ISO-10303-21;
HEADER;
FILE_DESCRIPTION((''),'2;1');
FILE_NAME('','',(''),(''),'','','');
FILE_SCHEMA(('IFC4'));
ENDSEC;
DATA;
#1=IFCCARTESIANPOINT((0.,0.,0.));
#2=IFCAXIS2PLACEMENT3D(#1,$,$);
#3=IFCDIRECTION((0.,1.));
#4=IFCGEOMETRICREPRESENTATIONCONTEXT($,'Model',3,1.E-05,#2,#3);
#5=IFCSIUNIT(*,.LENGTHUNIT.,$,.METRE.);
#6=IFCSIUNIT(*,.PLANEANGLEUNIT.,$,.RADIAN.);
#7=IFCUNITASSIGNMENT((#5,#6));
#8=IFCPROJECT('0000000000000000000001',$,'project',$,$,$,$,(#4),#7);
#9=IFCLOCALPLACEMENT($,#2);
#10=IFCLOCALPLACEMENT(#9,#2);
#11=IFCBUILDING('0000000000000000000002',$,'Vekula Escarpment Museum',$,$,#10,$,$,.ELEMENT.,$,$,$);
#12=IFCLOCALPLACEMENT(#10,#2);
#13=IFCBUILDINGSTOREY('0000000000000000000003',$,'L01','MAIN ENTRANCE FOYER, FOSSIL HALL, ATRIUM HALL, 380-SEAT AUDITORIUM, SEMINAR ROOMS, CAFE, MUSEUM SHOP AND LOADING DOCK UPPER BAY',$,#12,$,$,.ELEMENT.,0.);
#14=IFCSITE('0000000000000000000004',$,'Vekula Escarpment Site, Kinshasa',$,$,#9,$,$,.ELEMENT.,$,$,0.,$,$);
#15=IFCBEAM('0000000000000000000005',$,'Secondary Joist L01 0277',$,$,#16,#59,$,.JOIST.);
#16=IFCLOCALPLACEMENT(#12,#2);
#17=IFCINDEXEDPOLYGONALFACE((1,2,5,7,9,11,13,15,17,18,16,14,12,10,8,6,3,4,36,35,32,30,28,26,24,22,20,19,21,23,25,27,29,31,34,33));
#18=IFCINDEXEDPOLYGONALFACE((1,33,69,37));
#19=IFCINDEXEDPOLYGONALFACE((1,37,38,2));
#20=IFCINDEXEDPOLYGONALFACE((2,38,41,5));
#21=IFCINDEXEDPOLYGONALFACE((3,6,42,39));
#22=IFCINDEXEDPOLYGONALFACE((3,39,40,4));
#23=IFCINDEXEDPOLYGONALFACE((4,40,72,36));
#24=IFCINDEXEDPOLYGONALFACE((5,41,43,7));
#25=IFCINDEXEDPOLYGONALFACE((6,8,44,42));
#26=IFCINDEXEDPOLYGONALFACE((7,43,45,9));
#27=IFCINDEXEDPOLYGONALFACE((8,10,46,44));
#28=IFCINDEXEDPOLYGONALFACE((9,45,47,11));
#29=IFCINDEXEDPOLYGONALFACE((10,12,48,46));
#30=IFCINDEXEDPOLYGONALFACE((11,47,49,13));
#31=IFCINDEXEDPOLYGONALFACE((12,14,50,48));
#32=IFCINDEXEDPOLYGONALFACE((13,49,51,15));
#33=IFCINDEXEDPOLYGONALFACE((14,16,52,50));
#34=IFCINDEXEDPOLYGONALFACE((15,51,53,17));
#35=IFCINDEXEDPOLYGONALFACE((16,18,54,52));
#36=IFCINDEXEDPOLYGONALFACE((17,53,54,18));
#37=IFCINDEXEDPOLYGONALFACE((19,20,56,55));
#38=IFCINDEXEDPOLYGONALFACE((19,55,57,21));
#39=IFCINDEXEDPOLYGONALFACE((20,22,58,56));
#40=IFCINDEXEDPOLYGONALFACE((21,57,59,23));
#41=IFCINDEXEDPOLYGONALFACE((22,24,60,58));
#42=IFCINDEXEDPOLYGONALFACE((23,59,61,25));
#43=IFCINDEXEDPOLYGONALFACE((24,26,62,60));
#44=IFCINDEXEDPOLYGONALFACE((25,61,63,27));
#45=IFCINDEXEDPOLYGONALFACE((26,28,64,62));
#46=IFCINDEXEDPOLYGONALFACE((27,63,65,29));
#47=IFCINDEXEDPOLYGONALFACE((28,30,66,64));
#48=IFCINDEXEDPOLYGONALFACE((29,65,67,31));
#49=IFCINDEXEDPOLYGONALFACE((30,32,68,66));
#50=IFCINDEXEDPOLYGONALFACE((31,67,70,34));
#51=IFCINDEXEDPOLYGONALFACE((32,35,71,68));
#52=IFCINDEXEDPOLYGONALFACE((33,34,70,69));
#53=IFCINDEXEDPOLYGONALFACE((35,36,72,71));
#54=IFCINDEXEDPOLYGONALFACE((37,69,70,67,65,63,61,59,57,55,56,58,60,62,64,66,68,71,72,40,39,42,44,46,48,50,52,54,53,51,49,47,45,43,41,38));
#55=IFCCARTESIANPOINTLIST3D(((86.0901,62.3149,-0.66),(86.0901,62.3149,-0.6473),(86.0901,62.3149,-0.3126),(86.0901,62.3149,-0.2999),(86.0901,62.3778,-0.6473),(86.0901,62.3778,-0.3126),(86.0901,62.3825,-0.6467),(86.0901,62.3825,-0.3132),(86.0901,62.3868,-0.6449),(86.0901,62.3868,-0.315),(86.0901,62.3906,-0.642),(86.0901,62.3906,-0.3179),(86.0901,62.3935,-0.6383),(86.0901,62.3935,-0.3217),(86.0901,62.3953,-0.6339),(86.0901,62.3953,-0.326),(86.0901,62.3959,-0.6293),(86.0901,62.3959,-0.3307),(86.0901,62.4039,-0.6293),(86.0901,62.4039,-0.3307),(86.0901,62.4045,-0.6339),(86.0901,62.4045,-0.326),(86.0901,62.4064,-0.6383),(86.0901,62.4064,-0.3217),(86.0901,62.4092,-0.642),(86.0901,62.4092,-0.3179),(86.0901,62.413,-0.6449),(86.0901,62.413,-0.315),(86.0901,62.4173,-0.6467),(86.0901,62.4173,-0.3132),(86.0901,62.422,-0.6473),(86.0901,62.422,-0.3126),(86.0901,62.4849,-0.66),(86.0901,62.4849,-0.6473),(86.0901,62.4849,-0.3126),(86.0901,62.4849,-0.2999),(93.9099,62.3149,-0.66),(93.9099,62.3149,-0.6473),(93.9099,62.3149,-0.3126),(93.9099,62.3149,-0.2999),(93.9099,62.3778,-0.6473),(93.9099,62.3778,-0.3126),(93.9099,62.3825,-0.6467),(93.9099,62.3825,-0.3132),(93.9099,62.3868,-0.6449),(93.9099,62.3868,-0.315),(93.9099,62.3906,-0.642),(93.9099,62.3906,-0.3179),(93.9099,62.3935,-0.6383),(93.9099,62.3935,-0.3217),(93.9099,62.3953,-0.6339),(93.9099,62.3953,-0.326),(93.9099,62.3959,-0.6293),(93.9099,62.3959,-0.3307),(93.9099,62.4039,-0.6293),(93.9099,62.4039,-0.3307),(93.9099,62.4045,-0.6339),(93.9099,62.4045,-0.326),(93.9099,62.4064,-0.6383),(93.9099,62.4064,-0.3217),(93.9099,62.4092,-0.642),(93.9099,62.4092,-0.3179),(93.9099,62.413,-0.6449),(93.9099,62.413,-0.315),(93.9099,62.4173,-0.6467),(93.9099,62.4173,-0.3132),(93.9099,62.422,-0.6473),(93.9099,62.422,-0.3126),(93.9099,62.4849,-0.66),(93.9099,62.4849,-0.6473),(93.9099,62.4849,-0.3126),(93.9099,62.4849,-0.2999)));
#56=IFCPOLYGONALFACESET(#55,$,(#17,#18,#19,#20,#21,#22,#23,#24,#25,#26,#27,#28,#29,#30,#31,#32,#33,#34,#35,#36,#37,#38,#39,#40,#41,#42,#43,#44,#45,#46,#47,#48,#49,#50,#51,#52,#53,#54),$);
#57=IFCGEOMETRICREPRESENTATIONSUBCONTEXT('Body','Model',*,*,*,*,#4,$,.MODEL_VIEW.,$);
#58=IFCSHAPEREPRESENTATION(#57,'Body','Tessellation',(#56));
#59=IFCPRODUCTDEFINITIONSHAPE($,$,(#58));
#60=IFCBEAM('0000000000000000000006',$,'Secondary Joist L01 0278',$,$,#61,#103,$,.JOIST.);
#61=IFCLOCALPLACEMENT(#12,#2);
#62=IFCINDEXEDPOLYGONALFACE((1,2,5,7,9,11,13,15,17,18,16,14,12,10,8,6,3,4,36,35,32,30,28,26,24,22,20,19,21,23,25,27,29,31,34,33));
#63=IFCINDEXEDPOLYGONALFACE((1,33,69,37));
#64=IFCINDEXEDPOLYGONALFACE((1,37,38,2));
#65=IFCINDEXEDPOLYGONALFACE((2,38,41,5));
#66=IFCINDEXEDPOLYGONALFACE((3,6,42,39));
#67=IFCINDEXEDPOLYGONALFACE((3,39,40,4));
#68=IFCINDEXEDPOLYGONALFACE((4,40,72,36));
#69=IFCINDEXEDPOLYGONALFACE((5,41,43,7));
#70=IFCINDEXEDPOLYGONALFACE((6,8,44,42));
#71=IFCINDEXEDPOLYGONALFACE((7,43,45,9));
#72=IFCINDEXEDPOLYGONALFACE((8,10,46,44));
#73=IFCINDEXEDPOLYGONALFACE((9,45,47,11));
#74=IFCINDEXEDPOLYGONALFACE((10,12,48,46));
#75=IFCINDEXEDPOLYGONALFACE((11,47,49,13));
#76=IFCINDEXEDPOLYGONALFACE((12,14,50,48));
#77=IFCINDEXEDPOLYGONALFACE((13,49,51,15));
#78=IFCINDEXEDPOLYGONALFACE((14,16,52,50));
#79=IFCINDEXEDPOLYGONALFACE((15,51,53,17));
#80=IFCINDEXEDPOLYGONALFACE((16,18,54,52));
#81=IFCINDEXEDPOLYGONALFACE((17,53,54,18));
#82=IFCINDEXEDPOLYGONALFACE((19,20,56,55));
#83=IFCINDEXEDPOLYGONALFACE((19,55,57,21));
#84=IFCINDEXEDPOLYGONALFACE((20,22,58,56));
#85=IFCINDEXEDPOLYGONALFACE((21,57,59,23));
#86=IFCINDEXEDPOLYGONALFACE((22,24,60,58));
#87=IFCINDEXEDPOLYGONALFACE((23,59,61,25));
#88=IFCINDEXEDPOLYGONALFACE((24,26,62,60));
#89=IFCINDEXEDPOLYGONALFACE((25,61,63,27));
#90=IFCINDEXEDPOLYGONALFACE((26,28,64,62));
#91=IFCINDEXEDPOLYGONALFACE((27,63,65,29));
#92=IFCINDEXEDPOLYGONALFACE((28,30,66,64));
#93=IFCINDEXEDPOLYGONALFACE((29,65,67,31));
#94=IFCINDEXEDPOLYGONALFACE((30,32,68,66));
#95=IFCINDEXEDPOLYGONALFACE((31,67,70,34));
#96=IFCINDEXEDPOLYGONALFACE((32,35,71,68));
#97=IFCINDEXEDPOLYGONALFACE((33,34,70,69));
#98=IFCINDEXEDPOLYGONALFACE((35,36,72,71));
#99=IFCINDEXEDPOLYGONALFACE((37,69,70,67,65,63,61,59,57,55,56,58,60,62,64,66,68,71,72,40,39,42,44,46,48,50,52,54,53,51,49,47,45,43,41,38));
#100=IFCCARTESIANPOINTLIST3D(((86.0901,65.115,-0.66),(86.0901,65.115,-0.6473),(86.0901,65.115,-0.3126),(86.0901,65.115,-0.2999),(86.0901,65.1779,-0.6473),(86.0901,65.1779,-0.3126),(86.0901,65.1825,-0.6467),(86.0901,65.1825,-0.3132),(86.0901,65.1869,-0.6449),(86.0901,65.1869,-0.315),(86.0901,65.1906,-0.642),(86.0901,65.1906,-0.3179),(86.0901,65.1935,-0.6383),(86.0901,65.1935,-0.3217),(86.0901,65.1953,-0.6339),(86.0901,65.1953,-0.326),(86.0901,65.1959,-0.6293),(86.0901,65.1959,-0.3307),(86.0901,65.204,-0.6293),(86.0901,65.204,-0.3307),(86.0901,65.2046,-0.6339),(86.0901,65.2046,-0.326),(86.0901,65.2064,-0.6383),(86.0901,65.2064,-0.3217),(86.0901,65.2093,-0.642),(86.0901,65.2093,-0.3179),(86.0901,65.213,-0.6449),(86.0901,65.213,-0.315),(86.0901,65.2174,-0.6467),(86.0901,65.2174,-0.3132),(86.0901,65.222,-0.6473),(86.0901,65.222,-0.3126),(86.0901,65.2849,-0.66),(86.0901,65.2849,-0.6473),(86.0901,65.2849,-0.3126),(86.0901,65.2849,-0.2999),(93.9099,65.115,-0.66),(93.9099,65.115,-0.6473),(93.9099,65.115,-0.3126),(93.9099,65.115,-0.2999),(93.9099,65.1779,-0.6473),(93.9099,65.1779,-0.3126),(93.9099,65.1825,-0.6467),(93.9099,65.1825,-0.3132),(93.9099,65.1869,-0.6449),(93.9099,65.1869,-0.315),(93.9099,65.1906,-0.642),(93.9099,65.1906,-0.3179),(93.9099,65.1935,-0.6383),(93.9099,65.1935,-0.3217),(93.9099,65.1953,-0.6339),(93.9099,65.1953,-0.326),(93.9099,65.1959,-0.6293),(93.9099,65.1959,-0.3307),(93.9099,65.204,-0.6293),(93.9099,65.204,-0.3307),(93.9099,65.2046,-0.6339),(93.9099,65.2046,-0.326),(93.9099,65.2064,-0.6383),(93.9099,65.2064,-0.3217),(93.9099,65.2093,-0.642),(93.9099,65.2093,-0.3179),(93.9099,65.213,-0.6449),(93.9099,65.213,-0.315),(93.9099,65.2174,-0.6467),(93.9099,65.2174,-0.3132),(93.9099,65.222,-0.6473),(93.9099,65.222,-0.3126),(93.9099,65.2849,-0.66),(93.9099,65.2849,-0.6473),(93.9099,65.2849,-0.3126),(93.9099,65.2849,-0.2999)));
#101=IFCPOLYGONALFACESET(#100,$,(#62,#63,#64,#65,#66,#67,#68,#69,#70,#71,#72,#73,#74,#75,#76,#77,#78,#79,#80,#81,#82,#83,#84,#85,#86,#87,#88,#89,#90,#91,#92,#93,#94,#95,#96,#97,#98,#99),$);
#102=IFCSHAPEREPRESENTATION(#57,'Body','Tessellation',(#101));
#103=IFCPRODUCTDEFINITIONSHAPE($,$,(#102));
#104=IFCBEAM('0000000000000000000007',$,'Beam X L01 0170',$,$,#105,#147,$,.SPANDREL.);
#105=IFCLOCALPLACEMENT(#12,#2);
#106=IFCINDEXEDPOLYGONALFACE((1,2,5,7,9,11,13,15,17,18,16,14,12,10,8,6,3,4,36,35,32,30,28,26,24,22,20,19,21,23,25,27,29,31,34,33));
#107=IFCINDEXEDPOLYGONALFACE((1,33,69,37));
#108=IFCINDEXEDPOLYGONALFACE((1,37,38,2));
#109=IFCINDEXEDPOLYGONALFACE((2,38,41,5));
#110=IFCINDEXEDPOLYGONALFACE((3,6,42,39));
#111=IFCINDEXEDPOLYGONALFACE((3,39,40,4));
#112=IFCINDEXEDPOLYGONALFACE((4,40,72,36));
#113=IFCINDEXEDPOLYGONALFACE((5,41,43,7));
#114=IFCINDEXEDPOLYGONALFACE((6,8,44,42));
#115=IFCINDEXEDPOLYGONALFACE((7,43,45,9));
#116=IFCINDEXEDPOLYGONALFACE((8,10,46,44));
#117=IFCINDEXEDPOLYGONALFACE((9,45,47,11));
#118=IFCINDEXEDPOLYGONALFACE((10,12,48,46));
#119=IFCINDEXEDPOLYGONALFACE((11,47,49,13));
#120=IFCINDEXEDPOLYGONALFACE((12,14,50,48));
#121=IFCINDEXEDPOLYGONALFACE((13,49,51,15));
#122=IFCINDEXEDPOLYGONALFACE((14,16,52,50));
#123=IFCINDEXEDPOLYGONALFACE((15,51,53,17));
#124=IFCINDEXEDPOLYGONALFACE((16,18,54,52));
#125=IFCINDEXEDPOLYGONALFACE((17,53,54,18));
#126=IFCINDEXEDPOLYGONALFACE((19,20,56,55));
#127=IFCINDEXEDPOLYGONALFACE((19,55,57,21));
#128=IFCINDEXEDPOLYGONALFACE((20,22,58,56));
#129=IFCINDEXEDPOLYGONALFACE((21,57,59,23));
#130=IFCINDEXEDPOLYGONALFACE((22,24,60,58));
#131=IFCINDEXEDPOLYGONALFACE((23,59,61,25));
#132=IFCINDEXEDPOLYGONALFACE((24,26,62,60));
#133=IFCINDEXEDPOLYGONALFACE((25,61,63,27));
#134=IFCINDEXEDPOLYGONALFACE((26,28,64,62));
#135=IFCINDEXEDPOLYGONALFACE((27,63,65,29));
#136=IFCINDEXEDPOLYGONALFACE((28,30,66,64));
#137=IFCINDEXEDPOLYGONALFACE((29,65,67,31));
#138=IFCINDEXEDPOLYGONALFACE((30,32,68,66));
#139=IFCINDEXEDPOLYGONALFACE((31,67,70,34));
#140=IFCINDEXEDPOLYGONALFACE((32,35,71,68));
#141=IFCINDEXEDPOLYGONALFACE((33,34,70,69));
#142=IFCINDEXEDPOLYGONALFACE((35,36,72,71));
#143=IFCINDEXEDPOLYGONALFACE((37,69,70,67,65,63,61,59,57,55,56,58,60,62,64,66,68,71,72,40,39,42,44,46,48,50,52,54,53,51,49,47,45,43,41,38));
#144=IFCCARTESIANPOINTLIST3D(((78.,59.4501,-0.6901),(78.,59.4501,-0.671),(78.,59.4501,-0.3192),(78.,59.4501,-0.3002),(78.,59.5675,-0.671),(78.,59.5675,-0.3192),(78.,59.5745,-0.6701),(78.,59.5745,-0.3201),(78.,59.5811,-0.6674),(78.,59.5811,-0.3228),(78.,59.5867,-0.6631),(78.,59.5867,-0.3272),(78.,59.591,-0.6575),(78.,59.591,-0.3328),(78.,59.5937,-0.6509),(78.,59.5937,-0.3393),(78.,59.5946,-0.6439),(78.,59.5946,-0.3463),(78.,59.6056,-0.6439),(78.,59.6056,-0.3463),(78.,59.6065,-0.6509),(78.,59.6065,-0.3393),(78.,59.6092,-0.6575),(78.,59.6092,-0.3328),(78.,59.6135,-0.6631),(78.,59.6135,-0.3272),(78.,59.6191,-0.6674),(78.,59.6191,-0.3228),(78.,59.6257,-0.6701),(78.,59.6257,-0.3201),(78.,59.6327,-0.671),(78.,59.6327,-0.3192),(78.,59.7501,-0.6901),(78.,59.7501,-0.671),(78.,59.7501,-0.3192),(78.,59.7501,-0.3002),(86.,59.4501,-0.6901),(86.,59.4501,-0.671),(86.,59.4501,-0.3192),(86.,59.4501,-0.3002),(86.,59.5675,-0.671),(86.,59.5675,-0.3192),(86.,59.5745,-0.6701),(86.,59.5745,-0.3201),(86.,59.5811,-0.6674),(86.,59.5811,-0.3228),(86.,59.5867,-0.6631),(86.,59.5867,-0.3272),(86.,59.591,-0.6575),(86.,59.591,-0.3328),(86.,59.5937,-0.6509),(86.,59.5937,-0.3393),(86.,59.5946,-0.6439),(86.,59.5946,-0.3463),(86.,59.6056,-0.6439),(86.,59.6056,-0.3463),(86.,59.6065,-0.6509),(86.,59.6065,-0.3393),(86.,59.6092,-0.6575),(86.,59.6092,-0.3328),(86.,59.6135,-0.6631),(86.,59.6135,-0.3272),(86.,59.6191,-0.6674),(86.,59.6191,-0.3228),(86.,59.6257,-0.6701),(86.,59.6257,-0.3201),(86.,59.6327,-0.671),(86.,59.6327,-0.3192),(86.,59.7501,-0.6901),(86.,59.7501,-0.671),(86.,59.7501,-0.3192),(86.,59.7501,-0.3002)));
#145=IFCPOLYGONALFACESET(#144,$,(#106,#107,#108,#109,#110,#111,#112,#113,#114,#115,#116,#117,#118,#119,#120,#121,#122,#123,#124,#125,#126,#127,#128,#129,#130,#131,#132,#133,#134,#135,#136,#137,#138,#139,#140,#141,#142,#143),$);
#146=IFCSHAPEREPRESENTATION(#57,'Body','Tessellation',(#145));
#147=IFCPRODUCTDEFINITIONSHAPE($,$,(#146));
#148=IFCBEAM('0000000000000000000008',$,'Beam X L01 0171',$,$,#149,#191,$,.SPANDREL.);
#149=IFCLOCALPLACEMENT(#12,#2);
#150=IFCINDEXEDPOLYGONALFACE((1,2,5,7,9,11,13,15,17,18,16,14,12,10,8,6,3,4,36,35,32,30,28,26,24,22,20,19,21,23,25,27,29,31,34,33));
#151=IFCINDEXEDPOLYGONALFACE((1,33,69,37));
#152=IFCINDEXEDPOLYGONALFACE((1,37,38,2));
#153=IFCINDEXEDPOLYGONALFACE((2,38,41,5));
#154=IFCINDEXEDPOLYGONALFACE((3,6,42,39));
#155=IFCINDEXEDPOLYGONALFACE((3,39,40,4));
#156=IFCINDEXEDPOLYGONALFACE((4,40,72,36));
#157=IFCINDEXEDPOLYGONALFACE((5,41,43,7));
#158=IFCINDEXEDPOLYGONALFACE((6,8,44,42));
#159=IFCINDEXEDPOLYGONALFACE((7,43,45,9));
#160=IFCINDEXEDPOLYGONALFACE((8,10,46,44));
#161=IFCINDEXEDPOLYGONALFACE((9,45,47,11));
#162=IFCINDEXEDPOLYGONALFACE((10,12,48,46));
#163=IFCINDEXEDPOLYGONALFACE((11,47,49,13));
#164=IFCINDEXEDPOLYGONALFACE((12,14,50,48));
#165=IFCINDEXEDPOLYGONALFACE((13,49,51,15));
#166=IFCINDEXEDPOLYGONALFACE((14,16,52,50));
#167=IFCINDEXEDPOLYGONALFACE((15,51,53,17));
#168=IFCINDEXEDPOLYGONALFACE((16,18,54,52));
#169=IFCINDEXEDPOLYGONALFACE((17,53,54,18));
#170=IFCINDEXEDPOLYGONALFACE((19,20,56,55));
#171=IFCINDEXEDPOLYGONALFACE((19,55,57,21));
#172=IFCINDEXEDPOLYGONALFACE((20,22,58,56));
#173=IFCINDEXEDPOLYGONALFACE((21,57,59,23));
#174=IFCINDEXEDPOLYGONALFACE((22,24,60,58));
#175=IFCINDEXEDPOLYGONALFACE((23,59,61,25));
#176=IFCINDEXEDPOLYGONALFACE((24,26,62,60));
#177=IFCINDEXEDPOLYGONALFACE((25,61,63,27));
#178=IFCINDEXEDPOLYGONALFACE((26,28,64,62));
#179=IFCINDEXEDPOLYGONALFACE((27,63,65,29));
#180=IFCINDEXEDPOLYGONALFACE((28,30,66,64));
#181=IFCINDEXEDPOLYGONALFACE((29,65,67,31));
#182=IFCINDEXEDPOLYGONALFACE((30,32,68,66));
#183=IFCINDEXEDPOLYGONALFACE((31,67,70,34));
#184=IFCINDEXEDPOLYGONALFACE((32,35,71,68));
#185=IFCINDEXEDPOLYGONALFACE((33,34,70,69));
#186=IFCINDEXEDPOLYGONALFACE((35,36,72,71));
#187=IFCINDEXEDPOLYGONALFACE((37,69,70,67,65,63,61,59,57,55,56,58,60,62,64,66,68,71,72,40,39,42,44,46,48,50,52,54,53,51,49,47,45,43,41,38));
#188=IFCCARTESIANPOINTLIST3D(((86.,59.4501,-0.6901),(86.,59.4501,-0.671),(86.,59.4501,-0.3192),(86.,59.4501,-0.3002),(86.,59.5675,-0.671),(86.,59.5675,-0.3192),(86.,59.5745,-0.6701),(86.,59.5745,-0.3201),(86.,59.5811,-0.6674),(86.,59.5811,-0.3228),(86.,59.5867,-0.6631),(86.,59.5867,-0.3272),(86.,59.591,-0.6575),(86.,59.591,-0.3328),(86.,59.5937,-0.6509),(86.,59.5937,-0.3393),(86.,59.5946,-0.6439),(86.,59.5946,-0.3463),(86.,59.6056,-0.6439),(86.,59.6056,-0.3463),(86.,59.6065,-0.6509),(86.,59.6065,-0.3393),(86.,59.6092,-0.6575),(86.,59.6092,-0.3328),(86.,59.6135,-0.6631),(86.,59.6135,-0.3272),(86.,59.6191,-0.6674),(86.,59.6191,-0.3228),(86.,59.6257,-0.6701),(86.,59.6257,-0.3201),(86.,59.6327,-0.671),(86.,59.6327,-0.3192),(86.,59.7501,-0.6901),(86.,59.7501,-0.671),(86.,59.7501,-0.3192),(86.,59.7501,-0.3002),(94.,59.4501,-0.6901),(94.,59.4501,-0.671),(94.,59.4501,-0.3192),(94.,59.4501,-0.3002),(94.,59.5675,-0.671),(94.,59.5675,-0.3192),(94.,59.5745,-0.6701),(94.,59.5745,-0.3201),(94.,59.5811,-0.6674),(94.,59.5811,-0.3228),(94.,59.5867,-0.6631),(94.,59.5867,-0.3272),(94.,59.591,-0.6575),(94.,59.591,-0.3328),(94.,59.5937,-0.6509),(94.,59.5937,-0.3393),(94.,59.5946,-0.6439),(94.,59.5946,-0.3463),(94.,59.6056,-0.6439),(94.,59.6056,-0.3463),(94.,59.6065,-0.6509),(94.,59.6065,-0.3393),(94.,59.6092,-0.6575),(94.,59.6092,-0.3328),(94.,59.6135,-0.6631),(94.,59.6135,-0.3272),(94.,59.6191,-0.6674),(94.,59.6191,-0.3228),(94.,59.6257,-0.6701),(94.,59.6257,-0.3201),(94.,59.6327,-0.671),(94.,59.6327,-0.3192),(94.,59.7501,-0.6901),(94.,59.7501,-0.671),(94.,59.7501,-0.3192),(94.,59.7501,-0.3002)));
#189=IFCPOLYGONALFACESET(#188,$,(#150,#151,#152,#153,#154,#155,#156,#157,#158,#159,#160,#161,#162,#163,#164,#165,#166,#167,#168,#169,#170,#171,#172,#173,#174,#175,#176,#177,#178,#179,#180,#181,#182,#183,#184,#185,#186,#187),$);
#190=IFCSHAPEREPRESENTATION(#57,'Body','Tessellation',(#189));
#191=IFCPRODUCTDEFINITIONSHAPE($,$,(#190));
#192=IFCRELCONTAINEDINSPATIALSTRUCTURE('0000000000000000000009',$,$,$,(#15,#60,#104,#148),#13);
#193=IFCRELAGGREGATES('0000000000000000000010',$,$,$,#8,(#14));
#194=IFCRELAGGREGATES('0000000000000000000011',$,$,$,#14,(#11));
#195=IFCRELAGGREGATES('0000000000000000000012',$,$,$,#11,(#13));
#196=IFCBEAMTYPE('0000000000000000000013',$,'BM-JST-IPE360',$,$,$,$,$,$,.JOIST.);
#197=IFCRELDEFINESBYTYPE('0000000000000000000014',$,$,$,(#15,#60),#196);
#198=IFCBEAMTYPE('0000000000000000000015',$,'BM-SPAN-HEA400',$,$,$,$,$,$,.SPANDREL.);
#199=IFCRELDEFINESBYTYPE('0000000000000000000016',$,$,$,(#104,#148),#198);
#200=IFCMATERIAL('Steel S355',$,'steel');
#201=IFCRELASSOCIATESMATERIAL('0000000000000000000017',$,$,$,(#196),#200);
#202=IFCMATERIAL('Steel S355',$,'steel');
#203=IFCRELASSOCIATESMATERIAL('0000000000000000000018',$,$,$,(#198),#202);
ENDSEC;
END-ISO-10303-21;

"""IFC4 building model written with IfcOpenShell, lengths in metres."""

from ifc_helpers import new_model, si_unit, direction, frame, origin, origin_2d, place, context, subcontext, project, spatial, i_section, extrude, material, material_profile, profile_set, type_object, element, save


model = new_model("IFC4")

# Units and contexts
model_context = context("Model", 3, precision=1e-05, world=origin(), true_north=direction((0.0, 1.0)))
body_context = subcontext(model_context, "Body", "Model", "MODEL_VIEW")
ifc_project = project(units=[si_unit("LENGTHUNIT", "METRE"), si_unit("PLANEANGLEUNIT", "RADIAN")], contexts=[model_context])

# Site, building, storey
site_placement = place(None, origin())
site = spatial("IfcSite", under=ifc_project, at=site_placement, Name="Vekula Escarpment Site, Kinshasa", CompositionType="ELEMENT", RefElevation=0.0)
building_placement = place(site_placement, origin())
building = spatial("IfcBuilding", under=site, at=building_placement, Name="Vekula Escarpment Museum", CompositionType="ELEMENT")
storey_placement = place(building_placement, origin())
storey = spatial("IfcBuildingStorey", under=building, at=storey_placement, Name="L01", Description="MAIN ENTRANCE FOYER, FOSSIL HALL, ATRIUM HALL, 380-SEAT AUDITORIUM, SEMINAR ROOMS, CAFE, MUSEUM SHOP AND LOADING DOCK UPPER BAY", CompositionType="ELEMENT", Elevation=0.0)

# Beams
ifc_material_1 = material(Name="Steel S355", Category="steel")
ifc_material_profile_1 = material_profile(ifc_material_1, i_section(OverallWidth=0.1699, OverallDepth=0.3601, WebThickness=0.0081, FlangeThickness=0.0127, FilletRadius=0.0181, at=origin_2d()), Name="IPE 360")
ifc_profile_set_1 = profile_set([ifc_material_profile_1], Name="Steel S355")
beam_type_1 = type_object("IfcBeamType", Name="BM-JST-IPE360", PredefinedType="JOIST", material=ifc_profile_set_1)
for number, where, z_axis, x_axis, name in (
    (1, (86.0901, 62.3999, -0.48), (1.0, 0.0, 0.0), (0.0, 1.0, 0.0), "Secondary Joist L01 0277"),
    (2, (86.0901, 65.2, -0.48), (1.0, 0.0, 0.0), (0.0, 1.0, 0.0), "Secondary Joist L01 0278"),
):
    element("IfcBeam", number, at=place(storey_placement, frame(where, z_axis=z_axis, x_axis=x_axis)), inside=storey, type_object=beam_type_1, Name=name, PredefinedType="JOIST", context=body_context, shape_type="SweptSolid", body=[
        extrude(i_section(OverallWidth=0.1699, OverallDepth=0.3601, WebThickness=0.0081, FlangeThickness=0.0127, FilletRadius=0.0181, at=origin_2d()), origin(), (0.0, 0.0, 1.0), 7.8198),
    ])
ifc_material_2 = material(Name="Steel S355", Category="steel")
ifc_material_profile_2 = material_profile(ifc_material_2, i_section(OverallWidth=0.3, OverallDepth=0.3899, WebThickness=0.011, FlangeThickness=0.019, FilletRadius=0.0271, at=origin_2d()), Name="HEA 400")
ifc_profile_set_2 = profile_set([ifc_material_profile_2], Name="Steel S355")
beam_type_2 = type_object("IfcBeamType", Name="BM-SPAN-HEA400", PredefinedType="SPANDREL", material=ifc_profile_set_2)
for number, where, z_axis, x_axis, name in (
    (3, (78.0, 59.6001, -0.4951), (1.0, 0.0, 0.0), (0.0, 1.0, 0.0), "Beam X L01 0170"),
    (4, (86.0, 59.6001, -0.4951), (1.0, 0.0, 0.0), (0.0, 1.0, 0.0), "Beam X L01 0171"),
):
    element("IfcBeam", number, at=place(storey_placement, frame(where, z_axis=z_axis, x_axis=x_axis)), inside=storey, type_object=beam_type_2, Name=name, PredefinedType="SPANDREL", context=body_context, shape_type="SweptSolid", body=[
        extrude(i_section(OverallWidth=0.3, OverallDepth=0.3899, WebThickness=0.011, FlangeThickness=0.019, FilletRadius=0.0271, at=origin_2d()), origin(), (0.0, 0.0, 1.0), 8.0),
    ])

save(model, "model.ifc")
